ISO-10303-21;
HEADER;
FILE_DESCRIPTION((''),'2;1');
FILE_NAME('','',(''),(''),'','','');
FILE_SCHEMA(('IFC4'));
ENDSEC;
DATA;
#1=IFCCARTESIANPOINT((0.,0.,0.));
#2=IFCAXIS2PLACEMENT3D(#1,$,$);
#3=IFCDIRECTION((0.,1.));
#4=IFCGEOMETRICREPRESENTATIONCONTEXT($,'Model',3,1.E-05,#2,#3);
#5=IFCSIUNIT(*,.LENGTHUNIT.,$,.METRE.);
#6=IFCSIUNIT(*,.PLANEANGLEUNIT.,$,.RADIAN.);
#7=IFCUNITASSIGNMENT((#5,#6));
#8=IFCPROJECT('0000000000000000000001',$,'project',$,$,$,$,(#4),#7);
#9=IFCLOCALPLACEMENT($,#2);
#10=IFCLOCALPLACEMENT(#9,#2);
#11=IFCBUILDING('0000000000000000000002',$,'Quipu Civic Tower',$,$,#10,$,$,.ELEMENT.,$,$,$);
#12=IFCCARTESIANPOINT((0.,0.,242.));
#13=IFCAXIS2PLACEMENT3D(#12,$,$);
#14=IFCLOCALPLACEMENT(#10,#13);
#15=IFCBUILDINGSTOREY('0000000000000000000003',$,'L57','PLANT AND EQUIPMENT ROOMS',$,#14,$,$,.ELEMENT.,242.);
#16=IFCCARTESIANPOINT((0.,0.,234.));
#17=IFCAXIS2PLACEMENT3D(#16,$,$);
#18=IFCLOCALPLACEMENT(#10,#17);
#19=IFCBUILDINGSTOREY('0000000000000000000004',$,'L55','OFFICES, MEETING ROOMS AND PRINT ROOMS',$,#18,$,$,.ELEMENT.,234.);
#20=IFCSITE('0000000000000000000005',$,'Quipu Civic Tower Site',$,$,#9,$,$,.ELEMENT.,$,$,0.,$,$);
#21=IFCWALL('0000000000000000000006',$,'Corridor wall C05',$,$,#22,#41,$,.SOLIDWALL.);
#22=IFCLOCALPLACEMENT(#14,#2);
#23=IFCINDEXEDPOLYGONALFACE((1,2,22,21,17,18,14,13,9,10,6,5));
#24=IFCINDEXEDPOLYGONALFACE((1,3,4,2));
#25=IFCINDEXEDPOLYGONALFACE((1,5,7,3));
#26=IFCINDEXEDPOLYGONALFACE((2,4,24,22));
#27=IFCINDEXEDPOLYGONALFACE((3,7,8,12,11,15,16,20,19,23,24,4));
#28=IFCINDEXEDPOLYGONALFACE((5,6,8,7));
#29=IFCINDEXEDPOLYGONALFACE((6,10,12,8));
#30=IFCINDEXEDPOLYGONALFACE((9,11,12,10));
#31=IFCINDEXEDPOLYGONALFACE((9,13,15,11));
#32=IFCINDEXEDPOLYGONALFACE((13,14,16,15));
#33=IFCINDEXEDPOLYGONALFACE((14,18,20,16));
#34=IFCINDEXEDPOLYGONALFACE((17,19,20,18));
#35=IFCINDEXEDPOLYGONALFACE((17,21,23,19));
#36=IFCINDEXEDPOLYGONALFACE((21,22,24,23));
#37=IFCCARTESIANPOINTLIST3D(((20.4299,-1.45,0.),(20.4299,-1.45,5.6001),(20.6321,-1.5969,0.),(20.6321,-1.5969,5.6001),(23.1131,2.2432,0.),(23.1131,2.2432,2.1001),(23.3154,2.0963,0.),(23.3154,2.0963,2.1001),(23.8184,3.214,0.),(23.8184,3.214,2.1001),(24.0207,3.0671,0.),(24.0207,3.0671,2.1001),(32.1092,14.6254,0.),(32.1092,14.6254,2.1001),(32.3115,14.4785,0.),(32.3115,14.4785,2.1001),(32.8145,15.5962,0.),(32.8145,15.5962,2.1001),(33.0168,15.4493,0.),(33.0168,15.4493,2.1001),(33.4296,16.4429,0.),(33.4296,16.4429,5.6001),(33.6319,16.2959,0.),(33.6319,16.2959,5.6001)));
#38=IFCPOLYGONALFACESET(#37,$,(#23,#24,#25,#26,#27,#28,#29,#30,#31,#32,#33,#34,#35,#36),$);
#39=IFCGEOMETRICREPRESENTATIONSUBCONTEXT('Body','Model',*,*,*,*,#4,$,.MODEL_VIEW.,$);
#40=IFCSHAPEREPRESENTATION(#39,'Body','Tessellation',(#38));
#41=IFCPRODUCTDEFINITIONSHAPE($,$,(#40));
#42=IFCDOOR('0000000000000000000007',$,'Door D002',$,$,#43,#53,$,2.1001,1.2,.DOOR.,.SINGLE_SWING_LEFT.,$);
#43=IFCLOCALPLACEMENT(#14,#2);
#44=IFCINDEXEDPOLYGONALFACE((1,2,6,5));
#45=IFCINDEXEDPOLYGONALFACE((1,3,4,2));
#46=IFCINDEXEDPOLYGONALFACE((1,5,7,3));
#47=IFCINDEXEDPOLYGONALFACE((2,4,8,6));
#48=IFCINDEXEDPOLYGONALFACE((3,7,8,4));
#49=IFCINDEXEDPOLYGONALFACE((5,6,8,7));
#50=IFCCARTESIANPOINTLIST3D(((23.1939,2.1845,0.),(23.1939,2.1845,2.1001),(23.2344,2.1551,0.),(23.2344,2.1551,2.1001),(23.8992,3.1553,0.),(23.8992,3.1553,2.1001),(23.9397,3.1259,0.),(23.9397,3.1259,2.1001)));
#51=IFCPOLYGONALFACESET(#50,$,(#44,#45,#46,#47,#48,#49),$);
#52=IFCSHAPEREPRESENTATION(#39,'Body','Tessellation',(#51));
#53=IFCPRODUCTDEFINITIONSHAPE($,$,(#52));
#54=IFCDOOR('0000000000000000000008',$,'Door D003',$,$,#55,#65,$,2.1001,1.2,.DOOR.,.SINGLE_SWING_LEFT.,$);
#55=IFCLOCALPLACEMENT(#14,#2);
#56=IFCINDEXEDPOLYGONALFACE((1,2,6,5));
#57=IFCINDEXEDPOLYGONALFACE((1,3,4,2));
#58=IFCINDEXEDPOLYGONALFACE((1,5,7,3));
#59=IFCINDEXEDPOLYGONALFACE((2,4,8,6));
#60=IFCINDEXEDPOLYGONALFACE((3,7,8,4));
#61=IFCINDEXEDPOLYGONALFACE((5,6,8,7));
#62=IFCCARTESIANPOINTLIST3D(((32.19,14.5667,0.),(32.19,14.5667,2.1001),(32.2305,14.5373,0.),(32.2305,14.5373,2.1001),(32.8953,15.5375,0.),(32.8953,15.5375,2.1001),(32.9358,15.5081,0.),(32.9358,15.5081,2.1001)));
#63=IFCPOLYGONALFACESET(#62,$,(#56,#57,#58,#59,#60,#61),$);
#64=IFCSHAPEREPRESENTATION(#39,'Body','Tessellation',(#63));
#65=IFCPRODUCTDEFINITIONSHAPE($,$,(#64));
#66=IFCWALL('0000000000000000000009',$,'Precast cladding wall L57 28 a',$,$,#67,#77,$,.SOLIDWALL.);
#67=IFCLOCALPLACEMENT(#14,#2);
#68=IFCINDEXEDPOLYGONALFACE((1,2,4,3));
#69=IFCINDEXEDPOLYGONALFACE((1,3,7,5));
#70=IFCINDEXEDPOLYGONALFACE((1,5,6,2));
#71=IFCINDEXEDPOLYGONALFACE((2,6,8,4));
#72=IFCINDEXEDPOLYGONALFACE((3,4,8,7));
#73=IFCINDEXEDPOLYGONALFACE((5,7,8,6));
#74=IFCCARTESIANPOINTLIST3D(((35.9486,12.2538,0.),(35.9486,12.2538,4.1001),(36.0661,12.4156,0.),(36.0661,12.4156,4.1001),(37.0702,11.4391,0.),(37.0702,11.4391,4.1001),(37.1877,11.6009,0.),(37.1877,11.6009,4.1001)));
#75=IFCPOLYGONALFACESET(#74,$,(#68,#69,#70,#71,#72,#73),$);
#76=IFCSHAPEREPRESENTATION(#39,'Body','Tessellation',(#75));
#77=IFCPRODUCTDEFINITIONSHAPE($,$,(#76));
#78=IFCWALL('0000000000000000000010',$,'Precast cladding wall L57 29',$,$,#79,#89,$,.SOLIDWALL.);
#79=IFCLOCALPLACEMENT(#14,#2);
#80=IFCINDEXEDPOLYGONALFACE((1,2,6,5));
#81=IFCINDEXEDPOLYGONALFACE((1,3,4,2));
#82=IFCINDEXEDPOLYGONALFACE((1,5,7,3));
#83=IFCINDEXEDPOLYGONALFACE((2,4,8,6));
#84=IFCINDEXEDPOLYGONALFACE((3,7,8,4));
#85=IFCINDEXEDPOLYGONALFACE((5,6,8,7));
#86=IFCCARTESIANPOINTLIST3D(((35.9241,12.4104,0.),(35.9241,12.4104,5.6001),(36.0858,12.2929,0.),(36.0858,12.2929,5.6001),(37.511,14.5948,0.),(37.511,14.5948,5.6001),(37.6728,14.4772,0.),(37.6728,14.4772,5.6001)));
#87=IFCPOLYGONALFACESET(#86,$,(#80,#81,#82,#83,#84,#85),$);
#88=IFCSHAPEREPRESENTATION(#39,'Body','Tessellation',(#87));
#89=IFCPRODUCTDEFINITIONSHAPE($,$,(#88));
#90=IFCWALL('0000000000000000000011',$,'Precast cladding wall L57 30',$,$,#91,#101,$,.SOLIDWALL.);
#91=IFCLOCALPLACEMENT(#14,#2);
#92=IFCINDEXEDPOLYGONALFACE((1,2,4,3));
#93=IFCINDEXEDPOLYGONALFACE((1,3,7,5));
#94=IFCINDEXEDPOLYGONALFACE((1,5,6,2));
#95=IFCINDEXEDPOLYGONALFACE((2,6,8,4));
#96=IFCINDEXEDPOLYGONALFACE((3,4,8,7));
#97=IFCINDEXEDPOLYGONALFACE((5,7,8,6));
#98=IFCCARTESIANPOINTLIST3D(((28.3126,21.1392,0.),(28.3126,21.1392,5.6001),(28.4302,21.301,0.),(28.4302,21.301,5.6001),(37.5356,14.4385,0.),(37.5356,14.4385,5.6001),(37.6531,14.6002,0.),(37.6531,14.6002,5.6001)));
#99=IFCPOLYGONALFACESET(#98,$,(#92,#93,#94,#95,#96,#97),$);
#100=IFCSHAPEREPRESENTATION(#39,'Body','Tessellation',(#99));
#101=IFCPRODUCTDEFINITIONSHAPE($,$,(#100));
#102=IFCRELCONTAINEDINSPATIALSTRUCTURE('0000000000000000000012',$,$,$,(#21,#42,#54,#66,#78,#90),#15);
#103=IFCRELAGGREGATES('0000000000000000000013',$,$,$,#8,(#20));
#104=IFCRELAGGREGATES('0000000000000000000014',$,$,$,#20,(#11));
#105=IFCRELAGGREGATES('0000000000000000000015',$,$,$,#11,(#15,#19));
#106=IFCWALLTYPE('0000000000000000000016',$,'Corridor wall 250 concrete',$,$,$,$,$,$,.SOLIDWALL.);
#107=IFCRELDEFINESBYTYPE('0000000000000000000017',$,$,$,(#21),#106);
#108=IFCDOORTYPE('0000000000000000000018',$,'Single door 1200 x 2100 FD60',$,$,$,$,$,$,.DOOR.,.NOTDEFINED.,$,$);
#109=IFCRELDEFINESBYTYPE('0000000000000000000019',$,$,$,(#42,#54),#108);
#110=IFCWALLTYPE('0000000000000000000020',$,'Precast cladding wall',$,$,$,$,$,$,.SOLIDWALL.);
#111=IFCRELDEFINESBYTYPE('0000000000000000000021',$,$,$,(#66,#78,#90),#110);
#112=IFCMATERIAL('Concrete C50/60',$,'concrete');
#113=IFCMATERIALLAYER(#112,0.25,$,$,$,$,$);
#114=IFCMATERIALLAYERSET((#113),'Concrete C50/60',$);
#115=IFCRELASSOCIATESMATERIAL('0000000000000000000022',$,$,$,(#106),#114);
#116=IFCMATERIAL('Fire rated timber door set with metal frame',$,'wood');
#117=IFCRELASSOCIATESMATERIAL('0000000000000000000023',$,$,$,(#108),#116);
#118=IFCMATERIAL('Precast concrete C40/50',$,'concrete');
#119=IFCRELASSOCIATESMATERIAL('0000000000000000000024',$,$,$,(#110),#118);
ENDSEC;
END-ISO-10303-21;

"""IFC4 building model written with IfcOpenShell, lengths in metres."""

from ifc_helpers import new_model, si_unit, direction, frame, frame_2d, origin, place, context, subcontext, project, spatial, rectangle, extrude, material, layer, layer_set, type_object, element, fill, save


model = new_model("IFC4")

# Units and contexts
model_context = context("Model", 3, precision=1e-05, world=origin(), true_north=direction((0.0, 1.0)))
body_context = subcontext(model_context, "Body", "Model", "MODEL_VIEW")
ifc_project = project(units=[si_unit("LENGTHUNIT", "METRE"), si_unit("PLANEANGLEUNIT", "RADIAN")], contexts=[model_context])

# Site, building, storey
site_placement = place(None, origin())
site = spatial("IfcSite", under=ifc_project, at=site_placement, Name="Quipu Civic Tower Site", CompositionType="ELEMENT", RefElevation=0.0)
building_placement = place(site_placement, origin())
building = spatial("IfcBuilding", under=site, at=building_placement, Name="Quipu Civic Tower", CompositionType="ELEMENT")
storey_1_placement = place(building_placement, frame((0.0, 0.0, 242.0)))
storey_1 = spatial("IfcBuildingStorey", under=building, at=storey_1_placement, Name="L57", Description="PLANT AND EQUIPMENT ROOMS", CompositionType="ELEMENT", Elevation=242.0)

# Shared definitions
storey_2_placement = place(building_placement, frame((0.0, 0.0, 234.0)))
storey_2 = spatial("IfcBuildingStorey", under=building, at=storey_2_placement, Name="L55", Description="OFFICES, MEETING ROOMS AND PRINT ROOMS", CompositionType="ELEMENT", Elevation=234.0)

# Wall, openings, doors
ifc_material_1 = material(Name="Concrete C50/60", Category="concrete")
ifc_layer_1 = layer(ifc_material_1, 0.25)
ifc_layer_set_1 = layer_set([ifc_layer_1], Name="Concrete C50/60")
wall_type_1 = type_object("IfcWallType", Name="Corridor wall 250 concrete", PredefinedType="SOLIDWALL", material=ifc_layer_set_1)
wall_1_placement = place(storey_1_placement, frame((33.5308, 16.3694, 0.0), z_axis=(0.0, 0.0, 1.0), x_axis=(-0.587781, -0.80902, 0.0)))
wall_1 = element("IfcWall", 1, at=wall_1_placement, inside=storey_1, type_object=wall_type_1, Name="Corridor wall C05", PredefinedType="SOLIDWALL", context=body_context, shape_type="SweptSolid", body=[
    extrude(rectangle(XDim=22.1167, YDim=0.25, at=frame_2d((11.0583, 0.0))), origin(), (0.0, 0.0, 1.0), 5.6001),
])
opening_1_placement = place(wall_1_placement, frame((16.3516, 0.0, 0.0)))
opening_1 = element("IfcOpeningElement", 2, at=opening_1_placement, cuts=wall_1, PredefinedType="OPENING", context=body_context, shape_type="SweptSolid", body=[
    extrude(rectangle(XDim=1.2, YDim=2.1001, at=frame_2d((0.6001, 1.05))), frame((0.0, 0.135, 0.0), z_axis=(0.0, -1.0, 0.0), x_axis=(1.0, 0.0, 0.0)), (0.0, 0.0, 1.0), 0.27),
])
opening_2_placement = place(wall_1_placement, frame((1.0464, 0.0, 0.0)))
opening_2 = element("IfcOpeningElement", 3, at=opening_2_placement, cuts=wall_1, PredefinedType="OPENING", context=body_context, shape_type="SweptSolid", body=[
    extrude(rectangle(XDim=1.2, YDim=2.1001, at=frame_2d((0.6001, 1.05))), frame((0.0, 0.135, 0.0), z_axis=(0.0, -1.0, 0.0), x_axis=(1.0, 0.0, 0.0)), (0.0, 0.0, 1.0), 0.27),
])
ifc_material_2 = material(Name="Fire rated timber door set with metal frame", Category="wood")
door_type = type_object("IfcDoorType", Name="Single door 1200 x 2100 FD60", OperationType="NOTDEFINED", PredefinedType="DOOR", material=ifc_material_2)
door_1_placement = place(opening_1_placement, origin())
door_1 = element("IfcDoor", 4, at=door_1_placement, inside=storey_1, type_object=door_type, Name="Door D002", OperationType="SINGLE_SWING_LEFT", OverallHeight=2.1001, OverallWidth=1.2, PredefinedType="DOOR", context=body_context, shape_type="SweptSolid", body=[
    extrude(rectangle(XDim=1.2, YDim=2.1001, at=frame_2d((0.6001, 1.05))), frame((0.0, 0.0249, 0.0), z_axis=(0.0, -1.0, 0.0), x_axis=(1.0, 0.0, 0.0)), (0.0, 0.0, 1.0), 0.05),
])
fill(opening_1, door_1)
door_2_placement = place(opening_2_placement, origin())
door_2 = element("IfcDoor", 5, at=door_2_placement, inside=storey_1, type_object=door_type, Name="Door D003", OperationType="SINGLE_SWING_LEFT", OverallHeight=2.1001, OverallWidth=1.2, PredefinedType="DOOR", context=body_context, shape_type="SweptSolid", body=[
    extrude(rectangle(XDim=1.2, YDim=2.1001, at=frame_2d((0.6001, 1.05))), frame((0.0, 0.0249, 0.0), z_axis=(0.0, -1.0, 0.0), x_axis=(1.0, 0.0, 0.0)), (0.0, 0.0, 1.0), 0.05),
])
fill(opening_2, door_2)

# Walls
ifc_material_3 = material(Name="Precast concrete C40/50", Category="concrete")
wall_type_2 = type_object("IfcWallType", Name="Precast cladding wall", PredefinedType="SOLIDWALL", material=ifc_material_3)
wall_2_placement = place(storey_1_placement, frame((37.1289, 11.52, 0.0), z_axis=(0.0, 0.0, 1.0), x_axis=(-0.809079, 0.5877, 0.0)))
element("IfcWall", 6, at=wall_2_placement, inside=storey_1, type_object=wall_type_2, Name="Precast cladding wall L57 28 a", PredefinedType="SOLIDWALL", context=body_context, shape_type="SweptSolid", body=[
    extrude(rectangle(XDim=1.3862, YDim=0.2, at=frame_2d((0.6931, 0.0))), origin(), (0.0, 0.0, 1.0), 4.1001),
])
wall_3_placement = place(storey_1_placement, frame((36.0049, 12.3516, 0.0), z_axis=(0.0, 0.0, 1.0), x_axis=(0.587763, 0.809033, 0.0)))
element("IfcWall", 7, at=wall_3_placement, inside=storey_1, type_object=wall_type_2, Name="Precast cladding wall L57 29", PredefinedType="SOLIDWALL", context=body_context, shape_type="SweptSolid", body=[
    extrude(rectangle(XDim=2.7, YDim=0.2, at=frame_2d((1.3501, 0.0))), origin(), (0.0, 0.0, 1.0), 5.6001),
])
wall_4_placement = place(storey_1_placement, frame((37.5945, 14.5193, 0.0), z_axis=(0.0, 0.0, 1.0), x_axis=(-0.809023, 0.587777, 0.0)))
element("IfcWall", 8, at=wall_4_placement, inside=storey_1, type_object=wall_type_2, Name="Precast cladding wall L57 30", PredefinedType="SOLIDWALL", context=body_context, shape_type="SweptSolid", body=[
    extrude(rectangle(XDim=11.4001, YDim=0.2, at=frame_2d((5.7002, 0.0))), origin(), (0.0, 0.0, 1.0), 5.6001),
])

save(model, "model.ifc")
